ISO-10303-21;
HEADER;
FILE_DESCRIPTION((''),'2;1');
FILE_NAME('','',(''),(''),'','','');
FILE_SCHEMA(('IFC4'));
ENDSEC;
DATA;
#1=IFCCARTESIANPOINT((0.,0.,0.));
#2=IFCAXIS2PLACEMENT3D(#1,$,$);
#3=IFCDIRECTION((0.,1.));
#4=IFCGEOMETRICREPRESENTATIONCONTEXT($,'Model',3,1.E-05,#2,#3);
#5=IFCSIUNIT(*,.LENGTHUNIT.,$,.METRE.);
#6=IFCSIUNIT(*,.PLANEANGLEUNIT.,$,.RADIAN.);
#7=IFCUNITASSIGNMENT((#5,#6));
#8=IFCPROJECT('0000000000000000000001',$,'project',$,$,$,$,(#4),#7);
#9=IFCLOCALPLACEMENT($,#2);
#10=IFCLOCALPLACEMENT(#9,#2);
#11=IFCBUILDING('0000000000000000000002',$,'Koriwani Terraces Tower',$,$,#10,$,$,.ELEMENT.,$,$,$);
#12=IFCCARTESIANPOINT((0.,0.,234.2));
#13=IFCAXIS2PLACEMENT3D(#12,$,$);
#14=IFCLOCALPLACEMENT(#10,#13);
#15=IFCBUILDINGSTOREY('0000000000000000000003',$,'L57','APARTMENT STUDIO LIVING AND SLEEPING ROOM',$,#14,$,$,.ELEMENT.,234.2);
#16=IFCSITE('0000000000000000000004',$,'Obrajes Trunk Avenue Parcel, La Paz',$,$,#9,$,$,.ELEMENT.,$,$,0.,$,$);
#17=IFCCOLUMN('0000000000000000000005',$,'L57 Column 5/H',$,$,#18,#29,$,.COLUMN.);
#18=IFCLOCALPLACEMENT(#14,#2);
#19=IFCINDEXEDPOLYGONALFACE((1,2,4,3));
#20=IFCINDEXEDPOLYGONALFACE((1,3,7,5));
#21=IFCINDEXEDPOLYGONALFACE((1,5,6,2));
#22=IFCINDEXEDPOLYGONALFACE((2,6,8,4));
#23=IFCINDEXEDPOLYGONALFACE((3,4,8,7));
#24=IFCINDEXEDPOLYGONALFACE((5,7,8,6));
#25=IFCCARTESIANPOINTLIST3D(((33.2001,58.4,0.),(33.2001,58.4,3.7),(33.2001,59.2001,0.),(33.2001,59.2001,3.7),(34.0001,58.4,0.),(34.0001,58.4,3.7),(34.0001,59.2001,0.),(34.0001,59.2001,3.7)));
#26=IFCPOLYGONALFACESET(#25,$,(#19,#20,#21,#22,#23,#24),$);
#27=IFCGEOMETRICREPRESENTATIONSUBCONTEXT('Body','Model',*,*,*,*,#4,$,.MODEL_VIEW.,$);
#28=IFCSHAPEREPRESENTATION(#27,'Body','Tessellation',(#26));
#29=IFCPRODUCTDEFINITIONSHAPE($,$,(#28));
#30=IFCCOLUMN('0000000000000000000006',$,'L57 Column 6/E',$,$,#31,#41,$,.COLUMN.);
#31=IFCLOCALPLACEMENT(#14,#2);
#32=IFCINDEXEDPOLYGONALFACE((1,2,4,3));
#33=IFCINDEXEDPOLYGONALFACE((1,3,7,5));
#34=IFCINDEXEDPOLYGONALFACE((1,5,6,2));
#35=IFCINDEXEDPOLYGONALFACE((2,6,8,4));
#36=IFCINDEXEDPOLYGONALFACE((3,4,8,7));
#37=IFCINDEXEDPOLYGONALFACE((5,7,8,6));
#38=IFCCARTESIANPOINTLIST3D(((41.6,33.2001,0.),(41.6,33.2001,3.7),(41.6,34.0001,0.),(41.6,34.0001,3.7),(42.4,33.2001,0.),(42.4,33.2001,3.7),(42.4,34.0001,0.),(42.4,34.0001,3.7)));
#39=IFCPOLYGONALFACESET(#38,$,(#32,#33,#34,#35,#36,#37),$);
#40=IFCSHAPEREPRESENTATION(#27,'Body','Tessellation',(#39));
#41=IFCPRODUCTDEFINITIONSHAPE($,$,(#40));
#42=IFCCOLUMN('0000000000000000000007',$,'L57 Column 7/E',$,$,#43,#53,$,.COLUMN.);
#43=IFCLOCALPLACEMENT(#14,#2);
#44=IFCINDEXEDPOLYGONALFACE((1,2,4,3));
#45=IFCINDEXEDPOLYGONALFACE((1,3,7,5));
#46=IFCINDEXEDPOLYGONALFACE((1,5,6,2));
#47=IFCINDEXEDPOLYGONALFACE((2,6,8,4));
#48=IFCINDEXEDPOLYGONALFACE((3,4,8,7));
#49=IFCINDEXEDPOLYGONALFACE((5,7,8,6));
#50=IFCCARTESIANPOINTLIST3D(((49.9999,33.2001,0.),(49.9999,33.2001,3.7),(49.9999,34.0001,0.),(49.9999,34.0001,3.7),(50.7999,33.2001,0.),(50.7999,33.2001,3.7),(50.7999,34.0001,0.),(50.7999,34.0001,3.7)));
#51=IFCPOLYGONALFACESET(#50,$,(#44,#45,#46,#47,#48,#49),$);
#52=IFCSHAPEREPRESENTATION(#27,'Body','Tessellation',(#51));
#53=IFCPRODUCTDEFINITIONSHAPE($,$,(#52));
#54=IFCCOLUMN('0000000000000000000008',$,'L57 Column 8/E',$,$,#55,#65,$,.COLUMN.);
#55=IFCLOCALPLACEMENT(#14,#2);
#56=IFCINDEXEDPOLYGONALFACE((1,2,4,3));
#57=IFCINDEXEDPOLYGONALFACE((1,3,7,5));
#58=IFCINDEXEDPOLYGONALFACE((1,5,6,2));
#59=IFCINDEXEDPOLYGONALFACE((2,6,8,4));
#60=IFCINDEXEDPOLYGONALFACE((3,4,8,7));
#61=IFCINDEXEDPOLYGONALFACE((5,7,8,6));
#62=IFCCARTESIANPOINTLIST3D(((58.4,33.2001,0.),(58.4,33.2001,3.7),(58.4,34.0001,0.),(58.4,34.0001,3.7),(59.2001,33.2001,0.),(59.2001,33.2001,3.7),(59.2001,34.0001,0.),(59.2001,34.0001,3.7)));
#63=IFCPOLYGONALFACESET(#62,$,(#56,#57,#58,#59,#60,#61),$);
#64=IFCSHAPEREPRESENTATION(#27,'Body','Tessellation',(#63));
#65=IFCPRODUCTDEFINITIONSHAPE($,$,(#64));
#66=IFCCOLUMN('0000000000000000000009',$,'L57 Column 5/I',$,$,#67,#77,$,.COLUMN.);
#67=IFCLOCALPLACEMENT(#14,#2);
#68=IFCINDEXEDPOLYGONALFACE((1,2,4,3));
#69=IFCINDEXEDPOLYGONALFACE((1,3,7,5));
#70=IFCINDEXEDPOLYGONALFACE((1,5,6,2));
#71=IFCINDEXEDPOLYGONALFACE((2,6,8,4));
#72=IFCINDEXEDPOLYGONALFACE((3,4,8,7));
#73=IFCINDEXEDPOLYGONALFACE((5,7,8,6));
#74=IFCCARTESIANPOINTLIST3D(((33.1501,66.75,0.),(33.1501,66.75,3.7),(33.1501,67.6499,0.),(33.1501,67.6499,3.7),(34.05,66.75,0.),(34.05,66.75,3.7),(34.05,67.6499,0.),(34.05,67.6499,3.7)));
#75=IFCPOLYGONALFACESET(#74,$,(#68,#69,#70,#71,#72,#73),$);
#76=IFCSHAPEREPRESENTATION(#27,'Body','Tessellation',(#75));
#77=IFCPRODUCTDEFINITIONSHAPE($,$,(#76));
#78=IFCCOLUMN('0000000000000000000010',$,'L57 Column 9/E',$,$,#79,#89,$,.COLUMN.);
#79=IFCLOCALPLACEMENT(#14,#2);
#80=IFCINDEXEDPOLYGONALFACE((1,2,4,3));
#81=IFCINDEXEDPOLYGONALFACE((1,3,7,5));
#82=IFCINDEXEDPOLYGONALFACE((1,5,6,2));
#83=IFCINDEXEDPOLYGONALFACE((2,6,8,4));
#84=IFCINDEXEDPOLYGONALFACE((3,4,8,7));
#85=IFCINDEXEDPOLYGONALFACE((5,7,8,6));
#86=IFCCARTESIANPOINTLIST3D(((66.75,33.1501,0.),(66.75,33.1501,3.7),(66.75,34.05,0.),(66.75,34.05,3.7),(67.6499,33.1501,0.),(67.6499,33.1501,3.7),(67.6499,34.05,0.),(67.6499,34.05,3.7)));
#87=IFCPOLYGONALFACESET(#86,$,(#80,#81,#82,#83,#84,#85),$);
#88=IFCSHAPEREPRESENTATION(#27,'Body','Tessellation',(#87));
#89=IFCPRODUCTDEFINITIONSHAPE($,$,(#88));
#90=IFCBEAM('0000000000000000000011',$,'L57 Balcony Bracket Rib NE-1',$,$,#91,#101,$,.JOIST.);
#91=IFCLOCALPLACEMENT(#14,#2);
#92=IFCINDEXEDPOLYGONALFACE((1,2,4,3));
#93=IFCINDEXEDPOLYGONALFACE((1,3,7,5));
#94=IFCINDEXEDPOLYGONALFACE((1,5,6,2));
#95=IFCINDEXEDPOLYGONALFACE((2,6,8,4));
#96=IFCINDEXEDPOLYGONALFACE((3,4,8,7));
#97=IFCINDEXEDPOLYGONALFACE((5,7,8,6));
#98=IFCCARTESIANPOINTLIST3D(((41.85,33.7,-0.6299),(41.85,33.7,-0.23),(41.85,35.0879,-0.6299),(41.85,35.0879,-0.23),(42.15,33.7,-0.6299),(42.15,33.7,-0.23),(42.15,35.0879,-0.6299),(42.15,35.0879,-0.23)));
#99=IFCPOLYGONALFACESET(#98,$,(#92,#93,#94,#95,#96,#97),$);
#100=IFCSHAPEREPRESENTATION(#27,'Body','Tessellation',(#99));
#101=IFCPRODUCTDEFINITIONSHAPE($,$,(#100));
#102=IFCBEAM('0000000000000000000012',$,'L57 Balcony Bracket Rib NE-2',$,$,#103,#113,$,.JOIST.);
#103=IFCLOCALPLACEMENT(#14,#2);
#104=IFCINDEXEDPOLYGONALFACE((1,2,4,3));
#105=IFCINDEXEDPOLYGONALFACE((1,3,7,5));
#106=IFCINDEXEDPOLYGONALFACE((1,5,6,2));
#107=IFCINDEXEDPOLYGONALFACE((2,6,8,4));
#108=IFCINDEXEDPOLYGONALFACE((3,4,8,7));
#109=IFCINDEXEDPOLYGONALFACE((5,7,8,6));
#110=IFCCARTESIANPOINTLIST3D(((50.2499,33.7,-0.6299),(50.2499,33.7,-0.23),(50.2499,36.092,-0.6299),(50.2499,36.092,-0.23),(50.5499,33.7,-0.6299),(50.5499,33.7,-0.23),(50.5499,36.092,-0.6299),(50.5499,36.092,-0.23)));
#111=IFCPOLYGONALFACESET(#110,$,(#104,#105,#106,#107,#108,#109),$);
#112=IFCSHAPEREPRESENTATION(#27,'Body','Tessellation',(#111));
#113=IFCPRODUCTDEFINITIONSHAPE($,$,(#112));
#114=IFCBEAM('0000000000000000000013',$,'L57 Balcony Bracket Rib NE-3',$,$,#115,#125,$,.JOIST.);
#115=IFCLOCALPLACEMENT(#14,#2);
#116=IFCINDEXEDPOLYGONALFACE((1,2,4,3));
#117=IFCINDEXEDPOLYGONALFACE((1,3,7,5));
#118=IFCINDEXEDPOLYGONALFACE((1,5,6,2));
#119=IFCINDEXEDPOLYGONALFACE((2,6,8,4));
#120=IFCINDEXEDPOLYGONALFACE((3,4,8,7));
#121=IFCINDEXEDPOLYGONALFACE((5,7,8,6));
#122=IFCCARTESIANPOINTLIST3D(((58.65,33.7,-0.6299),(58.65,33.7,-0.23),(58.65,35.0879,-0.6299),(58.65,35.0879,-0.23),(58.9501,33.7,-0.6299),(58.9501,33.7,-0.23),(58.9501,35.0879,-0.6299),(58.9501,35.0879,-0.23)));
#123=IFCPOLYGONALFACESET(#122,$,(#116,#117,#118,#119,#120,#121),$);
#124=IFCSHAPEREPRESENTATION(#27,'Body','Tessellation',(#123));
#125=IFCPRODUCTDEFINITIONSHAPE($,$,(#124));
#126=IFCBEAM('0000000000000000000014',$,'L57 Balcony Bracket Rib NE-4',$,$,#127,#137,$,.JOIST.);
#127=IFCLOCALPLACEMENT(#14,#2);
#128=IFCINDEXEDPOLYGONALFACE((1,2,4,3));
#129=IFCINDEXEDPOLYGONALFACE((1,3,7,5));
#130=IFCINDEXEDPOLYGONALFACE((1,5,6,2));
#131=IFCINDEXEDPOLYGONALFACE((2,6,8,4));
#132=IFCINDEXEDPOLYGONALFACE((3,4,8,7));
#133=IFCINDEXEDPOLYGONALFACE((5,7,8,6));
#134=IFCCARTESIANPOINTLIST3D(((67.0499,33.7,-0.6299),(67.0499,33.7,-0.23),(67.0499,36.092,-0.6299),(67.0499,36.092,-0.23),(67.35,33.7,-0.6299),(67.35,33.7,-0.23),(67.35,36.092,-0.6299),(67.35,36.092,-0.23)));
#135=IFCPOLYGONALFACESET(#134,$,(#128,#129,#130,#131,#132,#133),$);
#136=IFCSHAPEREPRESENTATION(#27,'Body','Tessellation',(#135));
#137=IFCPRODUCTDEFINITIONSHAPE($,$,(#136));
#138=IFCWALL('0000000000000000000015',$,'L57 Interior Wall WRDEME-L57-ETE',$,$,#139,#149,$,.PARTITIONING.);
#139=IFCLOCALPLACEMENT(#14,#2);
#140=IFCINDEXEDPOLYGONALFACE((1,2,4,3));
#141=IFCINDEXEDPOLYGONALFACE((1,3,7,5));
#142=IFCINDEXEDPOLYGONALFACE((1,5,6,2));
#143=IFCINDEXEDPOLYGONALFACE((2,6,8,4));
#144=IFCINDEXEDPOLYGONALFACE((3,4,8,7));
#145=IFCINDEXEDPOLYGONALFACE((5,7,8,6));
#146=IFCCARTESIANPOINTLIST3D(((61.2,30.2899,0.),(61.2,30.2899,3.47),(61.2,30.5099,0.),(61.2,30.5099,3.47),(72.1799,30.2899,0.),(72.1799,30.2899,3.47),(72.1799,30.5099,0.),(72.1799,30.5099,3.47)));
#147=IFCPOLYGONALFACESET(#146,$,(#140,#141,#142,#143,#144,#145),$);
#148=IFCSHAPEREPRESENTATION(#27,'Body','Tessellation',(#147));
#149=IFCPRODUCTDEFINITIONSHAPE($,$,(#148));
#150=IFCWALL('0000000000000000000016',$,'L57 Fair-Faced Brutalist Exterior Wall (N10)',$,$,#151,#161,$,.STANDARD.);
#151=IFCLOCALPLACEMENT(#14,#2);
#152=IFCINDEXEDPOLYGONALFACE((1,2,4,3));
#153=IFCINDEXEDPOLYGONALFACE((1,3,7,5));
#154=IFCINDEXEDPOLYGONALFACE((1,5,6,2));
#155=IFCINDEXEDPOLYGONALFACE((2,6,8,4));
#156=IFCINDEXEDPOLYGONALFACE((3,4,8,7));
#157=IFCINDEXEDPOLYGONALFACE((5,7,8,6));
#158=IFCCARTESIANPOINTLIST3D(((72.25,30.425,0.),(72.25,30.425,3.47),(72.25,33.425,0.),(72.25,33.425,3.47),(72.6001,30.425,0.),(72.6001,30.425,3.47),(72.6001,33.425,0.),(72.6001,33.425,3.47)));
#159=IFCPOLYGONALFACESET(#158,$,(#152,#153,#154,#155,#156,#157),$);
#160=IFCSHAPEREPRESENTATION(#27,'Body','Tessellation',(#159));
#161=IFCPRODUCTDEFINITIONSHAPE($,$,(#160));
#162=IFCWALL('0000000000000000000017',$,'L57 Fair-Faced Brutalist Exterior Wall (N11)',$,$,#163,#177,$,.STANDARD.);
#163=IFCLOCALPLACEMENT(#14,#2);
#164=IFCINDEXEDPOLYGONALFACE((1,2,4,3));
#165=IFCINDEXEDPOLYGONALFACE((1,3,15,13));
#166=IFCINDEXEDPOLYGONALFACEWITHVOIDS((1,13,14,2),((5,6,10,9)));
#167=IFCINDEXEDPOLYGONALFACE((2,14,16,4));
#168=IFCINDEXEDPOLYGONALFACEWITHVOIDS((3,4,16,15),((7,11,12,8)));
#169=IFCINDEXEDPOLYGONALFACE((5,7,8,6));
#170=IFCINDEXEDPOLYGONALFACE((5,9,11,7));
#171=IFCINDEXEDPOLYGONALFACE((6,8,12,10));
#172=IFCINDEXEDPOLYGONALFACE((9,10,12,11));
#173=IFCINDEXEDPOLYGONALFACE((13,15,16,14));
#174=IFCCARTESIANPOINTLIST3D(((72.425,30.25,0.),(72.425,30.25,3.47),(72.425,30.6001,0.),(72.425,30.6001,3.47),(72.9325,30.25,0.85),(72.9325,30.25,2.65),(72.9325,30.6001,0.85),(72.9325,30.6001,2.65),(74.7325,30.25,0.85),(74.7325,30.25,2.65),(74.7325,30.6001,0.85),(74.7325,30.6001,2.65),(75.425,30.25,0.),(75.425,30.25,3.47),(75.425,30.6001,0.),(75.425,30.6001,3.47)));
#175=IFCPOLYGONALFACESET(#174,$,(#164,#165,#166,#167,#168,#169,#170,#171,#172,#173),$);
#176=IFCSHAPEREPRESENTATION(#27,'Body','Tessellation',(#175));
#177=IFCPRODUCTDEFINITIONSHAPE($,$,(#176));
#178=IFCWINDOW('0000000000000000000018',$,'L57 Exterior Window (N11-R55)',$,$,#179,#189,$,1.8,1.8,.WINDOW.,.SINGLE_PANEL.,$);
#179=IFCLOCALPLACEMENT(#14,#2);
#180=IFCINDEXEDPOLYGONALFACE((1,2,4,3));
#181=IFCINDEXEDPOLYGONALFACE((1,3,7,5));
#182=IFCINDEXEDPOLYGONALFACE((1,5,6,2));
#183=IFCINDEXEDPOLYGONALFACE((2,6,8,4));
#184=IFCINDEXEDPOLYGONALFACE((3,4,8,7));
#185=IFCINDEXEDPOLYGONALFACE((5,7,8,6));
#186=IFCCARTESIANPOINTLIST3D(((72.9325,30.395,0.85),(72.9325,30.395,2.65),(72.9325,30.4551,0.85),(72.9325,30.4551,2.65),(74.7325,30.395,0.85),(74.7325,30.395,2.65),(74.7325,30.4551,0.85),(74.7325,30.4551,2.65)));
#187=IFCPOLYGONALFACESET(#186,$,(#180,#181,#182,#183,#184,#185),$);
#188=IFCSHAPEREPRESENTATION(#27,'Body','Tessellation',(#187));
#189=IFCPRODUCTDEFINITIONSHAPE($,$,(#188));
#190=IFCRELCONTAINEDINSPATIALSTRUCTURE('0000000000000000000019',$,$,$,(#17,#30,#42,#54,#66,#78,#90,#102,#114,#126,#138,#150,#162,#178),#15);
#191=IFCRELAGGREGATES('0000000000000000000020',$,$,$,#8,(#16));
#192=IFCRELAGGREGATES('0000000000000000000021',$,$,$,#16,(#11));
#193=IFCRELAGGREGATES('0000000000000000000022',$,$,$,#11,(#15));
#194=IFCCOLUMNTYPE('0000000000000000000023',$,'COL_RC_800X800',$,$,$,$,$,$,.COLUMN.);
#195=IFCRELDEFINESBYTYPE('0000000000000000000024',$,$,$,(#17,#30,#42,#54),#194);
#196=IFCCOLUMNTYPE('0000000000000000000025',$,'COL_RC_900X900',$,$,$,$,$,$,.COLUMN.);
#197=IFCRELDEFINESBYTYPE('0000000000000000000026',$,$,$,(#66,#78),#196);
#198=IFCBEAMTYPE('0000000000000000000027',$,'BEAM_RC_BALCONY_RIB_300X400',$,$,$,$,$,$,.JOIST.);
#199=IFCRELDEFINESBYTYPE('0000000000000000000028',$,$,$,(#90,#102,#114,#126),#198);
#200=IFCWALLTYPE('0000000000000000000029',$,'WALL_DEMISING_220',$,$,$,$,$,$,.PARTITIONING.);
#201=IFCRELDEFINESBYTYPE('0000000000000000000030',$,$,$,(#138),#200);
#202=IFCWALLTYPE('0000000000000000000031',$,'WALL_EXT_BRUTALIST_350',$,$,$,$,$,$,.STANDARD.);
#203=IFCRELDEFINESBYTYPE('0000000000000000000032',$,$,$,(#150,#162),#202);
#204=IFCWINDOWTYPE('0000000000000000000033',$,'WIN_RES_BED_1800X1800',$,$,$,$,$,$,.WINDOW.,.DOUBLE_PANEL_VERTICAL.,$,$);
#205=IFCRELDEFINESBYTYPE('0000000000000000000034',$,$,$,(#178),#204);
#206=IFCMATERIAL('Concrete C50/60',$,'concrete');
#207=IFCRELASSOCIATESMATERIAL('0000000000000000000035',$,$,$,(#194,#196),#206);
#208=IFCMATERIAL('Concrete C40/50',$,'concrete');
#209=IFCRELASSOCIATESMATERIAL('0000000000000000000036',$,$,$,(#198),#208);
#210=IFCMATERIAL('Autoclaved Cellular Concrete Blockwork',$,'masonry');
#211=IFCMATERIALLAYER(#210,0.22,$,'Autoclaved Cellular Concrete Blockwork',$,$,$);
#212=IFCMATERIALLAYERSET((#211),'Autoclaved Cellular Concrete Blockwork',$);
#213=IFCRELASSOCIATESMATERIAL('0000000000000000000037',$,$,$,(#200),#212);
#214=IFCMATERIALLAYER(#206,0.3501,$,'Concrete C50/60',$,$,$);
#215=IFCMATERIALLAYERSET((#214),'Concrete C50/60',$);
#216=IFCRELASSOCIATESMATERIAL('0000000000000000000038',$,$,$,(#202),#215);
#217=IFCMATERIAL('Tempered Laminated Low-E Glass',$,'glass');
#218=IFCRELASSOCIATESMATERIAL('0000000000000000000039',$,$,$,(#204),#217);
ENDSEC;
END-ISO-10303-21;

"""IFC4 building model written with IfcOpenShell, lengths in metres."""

from ifc_helpers import new_model, si_unit, direction, frame, frame_2d, origin, origin_2d, place, context, subcontext, project, spatial, rectangle, extrude, material, layer, layer_set, material_profile, profile_set, type_object, element, fill, save


model = new_model("IFC4")

# Units and contexts
model_context = context("Model", 3, precision=1e-05, world=origin(), true_north=direction((0.0, 1.0)))
body_context = subcontext(model_context, "Body", "Model", "MODEL_VIEW")
ifc_project = project(units=[si_unit("LENGTHUNIT", "METRE"), si_unit("PLANEANGLEUNIT", "RADIAN")], contexts=[model_context])

# Site, building, storey
site_placement = place(None, origin())
site = spatial("IfcSite", under=ifc_project, at=site_placement, Name="Obrajes Trunk Avenue Parcel, La Paz", CompositionType="ELEMENT", RefElevation=0.0)
building_placement = place(site_placement, origin())
building = spatial("IfcBuilding", under=site, at=building_placement, Name="Koriwani Terraces Tower", CompositionType="ELEMENT")
storey_placement = place(building_placement, frame((0.0, 0.0, 234.2)))
storey = spatial("IfcBuildingStorey", under=building, at=storey_placement, Name="L57", Description="APARTMENT STUDIO LIVING AND SLEEPING ROOM", CompositionType="ELEMENT", Elevation=234.2)

# Columns
ifc_material_1 = material(Name="Concrete C50/60", Category="concrete")
ifc_material_profile_1 = material_profile(ifc_material_1, rectangle(XDim=0.8, YDim=0.8, at=origin_2d()), Name="Concrete C50/60", Category="LoadBearing")
ifc_profile_set_1 = profile_set([ifc_material_profile_1], Name="Concrete C50/60")
column_type_1 = type_object("IfcColumnType", Name="COL_RC_800X800", PredefinedType="COLUMN", material=ifc_profile_set_1)
for number, where, z_axis, x_axis, name in (
    (1, (33.6001, 58.8, 0.0), (0.0, 0.0, 1.0), (1.0, 0.0, 0.0), "L57 Column 5/H"),
    (2, (42.0, 33.6001, 0.0), (0.0, 0.0, 1.0), (1.0, 0.0, 0.0), "L57 Column 6/E"),
    (3, (50.3999, 33.6001, 0.0), (0.0, 0.0, 1.0), (1.0, 0.0, 0.0), "L57 Column 7/E"),
    (4, (58.8, 33.6001, 0.0), (0.0, 0.0, 1.0), (1.0, 0.0, 0.0), "L57 Column 8/E"),
):
    element("IfcColumn", number, at=place(storey_placement, frame(where, z_axis=z_axis, x_axis=x_axis)), inside=storey, type_object=column_type_1, Name=name, PredefinedType="COLUMN", context=body_context, shape_type="SweptSolid", body=[
        extrude(rectangle(XDim=0.8, YDim=0.8, at=origin_2d()), origin(), (0.0, 0.0, 1.0), 3.7),
    ])
ifc_material_profile_2 = material_profile(ifc_material_1, rectangle(XDim=0.8999, YDim=0.8999, at=origin_2d()), Name="Concrete C50/60", Category="LoadBearing")
ifc_profile_set_2 = profile_set([ifc_material_profile_2], Name="Concrete C50/60")
column_type_2 = type_object("IfcColumnType", Name="COL_RC_900X900", PredefinedType="COLUMN", material=ifc_profile_set_2)
for number, where, z_axis, x_axis, name in (
    (5, (33.6001, 67.2, 0.0), (0.0, 0.0, 1.0), (1.0, 0.0, 0.0), "L57 Column 5/I"),
    (6, (67.2, 33.6001, 0.0), (0.0, 0.0, 1.0), (1.0, 0.0, 0.0), "L57 Column 9/E"),
):
    element("IfcColumn", number, at=place(storey_placement, frame(where, z_axis=z_axis, x_axis=x_axis)), inside=storey, type_object=column_type_2, Name=name, PredefinedType="COLUMN", context=body_context, shape_type="SweptSolid", body=[
        extrude(rectangle(XDim=0.8999, YDim=0.8999, at=origin_2d()), origin(), (0.0, 0.0, 1.0), 3.7),
    ])

# Beams
ifc_material_2 = material(Name="Concrete C40/50", Category="concrete")
ifc_material_profile_3 = material_profile(ifc_material_2, rectangle(XDim=0.3, YDim=0.3999, at=origin_2d()), Name="Concrete C40/50", Category="LoadBearing")
ifc_profile_set_3 = profile_set([ifc_material_profile_3], Name="Concrete C40/50")
beam_type = type_object("IfcBeamType", Name="BEAM_RC_BALCONY_RIB_300X400", PredefinedType="JOIST", material=ifc_profile_set_3)
beam_1_placement = place(storey_placement, frame((42.0, 33.7, -0.4299), z_axis=(0.0, 1.0, 0.0), x_axis=(-1.0, 0.0, 0.0)))
element("IfcBeam", 7, at=beam_1_placement, inside=storey, type_object=beam_type, Name="L57 Balcony Bracket Rib NE-1", PredefinedType="JOIST", context=body_context, shape_type="SweptSolid", body=[
    extrude(rectangle(XDim=0.3, YDim=0.3999, at=origin_2d()), origin(), (0.0, 0.0, 1.0), 1.3879),
])
beam_2_placement = place(storey_placement, frame((50.3999, 33.7, -0.4299), z_axis=(0.0, 1.0, 0.0), x_axis=(-1.0, 0.0, 0.0)))
element("IfcBeam", 8, at=beam_2_placement, inside=storey, type_object=beam_type, Name="L57 Balcony Bracket Rib NE-2", PredefinedType="JOIST", context=body_context, shape_type="SweptSolid", body=[
    extrude(rectangle(XDim=0.3, YDim=0.3999, at=origin_2d()), origin(), (0.0, 0.0, 1.0), 2.3921),
])
beam_3_placement = place(storey_placement, frame((58.8, 33.7, -0.4299), z_axis=(0.0, 1.0, 0.0), x_axis=(-1.0, 0.0, 0.0)))
element("IfcBeam", 9, at=beam_3_placement, inside=storey, type_object=beam_type, Name="L57 Balcony Bracket Rib NE-3", PredefinedType="JOIST", context=body_context, shape_type="SweptSolid", body=[
    extrude(rectangle(XDim=0.3, YDim=0.3999, at=origin_2d()), origin(), (0.0, 0.0, 1.0), 1.3879),
])
beam_4_placement = place(storey_placement, frame((67.2, 33.7, -0.4299), z_axis=(0.0, 1.0, 0.0), x_axis=(-1.0, 0.0, 0.0)))
element("IfcBeam", 10, at=beam_4_placement, inside=storey, type_object=beam_type, Name="L57 Balcony Bracket Rib NE-4", PredefinedType="JOIST", context=body_context, shape_type="SweptSolid", body=[
    extrude(rectangle(XDim=0.3, YDim=0.3999, at=origin_2d()), origin(), (0.0, 0.0, 1.0), 2.3921),
])

# Walls
ifc_material_3 = material(Name="Autoclaved Cellular Concrete Blockwork", Category="masonry")
ifc_layer_1 = layer(ifc_material_3, 0.22, Name="Autoclaved Cellular Concrete Blockwork")
ifc_layer_set_1 = layer_set([ifc_layer_1], Name="Autoclaved Cellular Concrete Blockwork")
wall_type_1 = type_object("IfcWallType", Name="WALL_DEMISING_220", PredefinedType="PARTITIONING", material=ifc_layer_set_1)
wall_1_placement = place(storey_placement, frame((61.2, 30.3999, 0.0), z_axis=(0.0, 0.0, 1.0), x_axis=(1.0, 0.0, 0.0)))
element("IfcWall", 11, at=wall_1_placement, inside=storey, type_object=wall_type_1, Name="L57 Interior Wall WRDEME-L57-ETE", PredefinedType="PARTITIONING", context=body_context, shape_type="SweptSolid", body=[
    extrude(rectangle(XDim=10.98, YDim=0.22, at=frame_2d((5.49, 0.0))), origin(), (0.0, 0.0, 1.0), 3.47),
])
ifc_layer_2 = layer(ifc_material_1, 0.3501, Name="Concrete C50/60")
ifc_layer_set_2 = layer_set([ifc_layer_2], Name="Concrete C50/60")
wall_type_2 = type_object("IfcWallType", Name="WALL_EXT_BRUTALIST_350", PredefinedType="STANDARD", material=ifc_layer_set_2)
wall_2_placement = place(storey_placement, frame((72.425, 33.425, 0.0), z_axis=(0.0, 0.0, 1.0), x_axis=(0.0, -1.0, 0.0)))
element("IfcWall", 12, at=wall_2_placement, inside=storey, type_object=wall_type_2, Name="L57 Fair-Faced Brutalist Exterior Wall (N10)", PredefinedType="STANDARD", context=body_context, shape_type="SweptSolid", body=[
    extrude(rectangle(XDim=3.0, YDim=0.3501, at=frame_2d((1.5, 0.0))), origin(), (0.0, 0.0, 1.0), 3.47),
])

# Wall, opening, window
wall_3_placement = place(storey_placement, frame((72.425, 30.425, 0.0), z_axis=(0.0, 0.0, 1.0), x_axis=(1.0, 0.0, 0.0)))
wall_3 = element("IfcWall", 13, at=wall_3_placement, inside=storey, type_object=wall_type_2, Name="L57 Fair-Faced Brutalist Exterior Wall (N11)", PredefinedType="STANDARD", context=body_context, shape_type="SweptSolid", body=[
    extrude(rectangle(XDim=3.0, YDim=0.3501, at=frame_2d((1.5, 0.0))), origin(), (0.0, 0.0, 1.0), 3.47),
])
opening_1_placement = place(wall_3_placement, frame((0.5076, 0.0, 0.8501)))
opening_1 = element("IfcOpeningElement", 14, at=opening_1_placement, cuts=wall_3, PredefinedType="OPENING", context=body_context, shape_type="SweptSolid", body=[
    extrude(rectangle(XDim=1.8, YDim=1.8, at=frame_2d((0.8999, 0.8999))), frame((0.0, 0.1851, 0.0), z_axis=(0.0, -1.0, 0.0), x_axis=(1.0, 0.0, 0.0)), (0.0, 0.0, 1.0), 0.3701),
])
ifc_material_4 = material(Name="Tempered Laminated Low-E Glass", Category="glass")
window_type_1 = type_object("IfcWindowType", Name="WIN_RES_BED_1800X1800", PartitioningType="DOUBLE_PANEL_VERTICAL", PredefinedType="WINDOW", material=ifc_material_4)
window_1_placement = place(opening_1_placement, origin())
window_1 = element("IfcWindow", 15, at=window_1_placement, inside=storey, type_object=window_type_1, Name="L57 Exterior Window (N11-R55)", OverallHeight=1.8, OverallWidth=1.8, PartitioningType="SINGLE_PANEL", PredefinedType="WINDOW", context=body_context, shape_type="SweptSolid", body=[
    extrude(rectangle(XDim=1.8, YDim=1.8, at=frame_2d((0.8999, 0.8999))), frame((0.0, 0.03, 0.0), z_axis=(0.0, -1.0, 0.0), x_axis=(1.0, 0.0, 0.0)), (0.0, 0.0, 1.0), 0.0601),
])
fill(opening_1, window_1)

save(model, "model.ifc")
